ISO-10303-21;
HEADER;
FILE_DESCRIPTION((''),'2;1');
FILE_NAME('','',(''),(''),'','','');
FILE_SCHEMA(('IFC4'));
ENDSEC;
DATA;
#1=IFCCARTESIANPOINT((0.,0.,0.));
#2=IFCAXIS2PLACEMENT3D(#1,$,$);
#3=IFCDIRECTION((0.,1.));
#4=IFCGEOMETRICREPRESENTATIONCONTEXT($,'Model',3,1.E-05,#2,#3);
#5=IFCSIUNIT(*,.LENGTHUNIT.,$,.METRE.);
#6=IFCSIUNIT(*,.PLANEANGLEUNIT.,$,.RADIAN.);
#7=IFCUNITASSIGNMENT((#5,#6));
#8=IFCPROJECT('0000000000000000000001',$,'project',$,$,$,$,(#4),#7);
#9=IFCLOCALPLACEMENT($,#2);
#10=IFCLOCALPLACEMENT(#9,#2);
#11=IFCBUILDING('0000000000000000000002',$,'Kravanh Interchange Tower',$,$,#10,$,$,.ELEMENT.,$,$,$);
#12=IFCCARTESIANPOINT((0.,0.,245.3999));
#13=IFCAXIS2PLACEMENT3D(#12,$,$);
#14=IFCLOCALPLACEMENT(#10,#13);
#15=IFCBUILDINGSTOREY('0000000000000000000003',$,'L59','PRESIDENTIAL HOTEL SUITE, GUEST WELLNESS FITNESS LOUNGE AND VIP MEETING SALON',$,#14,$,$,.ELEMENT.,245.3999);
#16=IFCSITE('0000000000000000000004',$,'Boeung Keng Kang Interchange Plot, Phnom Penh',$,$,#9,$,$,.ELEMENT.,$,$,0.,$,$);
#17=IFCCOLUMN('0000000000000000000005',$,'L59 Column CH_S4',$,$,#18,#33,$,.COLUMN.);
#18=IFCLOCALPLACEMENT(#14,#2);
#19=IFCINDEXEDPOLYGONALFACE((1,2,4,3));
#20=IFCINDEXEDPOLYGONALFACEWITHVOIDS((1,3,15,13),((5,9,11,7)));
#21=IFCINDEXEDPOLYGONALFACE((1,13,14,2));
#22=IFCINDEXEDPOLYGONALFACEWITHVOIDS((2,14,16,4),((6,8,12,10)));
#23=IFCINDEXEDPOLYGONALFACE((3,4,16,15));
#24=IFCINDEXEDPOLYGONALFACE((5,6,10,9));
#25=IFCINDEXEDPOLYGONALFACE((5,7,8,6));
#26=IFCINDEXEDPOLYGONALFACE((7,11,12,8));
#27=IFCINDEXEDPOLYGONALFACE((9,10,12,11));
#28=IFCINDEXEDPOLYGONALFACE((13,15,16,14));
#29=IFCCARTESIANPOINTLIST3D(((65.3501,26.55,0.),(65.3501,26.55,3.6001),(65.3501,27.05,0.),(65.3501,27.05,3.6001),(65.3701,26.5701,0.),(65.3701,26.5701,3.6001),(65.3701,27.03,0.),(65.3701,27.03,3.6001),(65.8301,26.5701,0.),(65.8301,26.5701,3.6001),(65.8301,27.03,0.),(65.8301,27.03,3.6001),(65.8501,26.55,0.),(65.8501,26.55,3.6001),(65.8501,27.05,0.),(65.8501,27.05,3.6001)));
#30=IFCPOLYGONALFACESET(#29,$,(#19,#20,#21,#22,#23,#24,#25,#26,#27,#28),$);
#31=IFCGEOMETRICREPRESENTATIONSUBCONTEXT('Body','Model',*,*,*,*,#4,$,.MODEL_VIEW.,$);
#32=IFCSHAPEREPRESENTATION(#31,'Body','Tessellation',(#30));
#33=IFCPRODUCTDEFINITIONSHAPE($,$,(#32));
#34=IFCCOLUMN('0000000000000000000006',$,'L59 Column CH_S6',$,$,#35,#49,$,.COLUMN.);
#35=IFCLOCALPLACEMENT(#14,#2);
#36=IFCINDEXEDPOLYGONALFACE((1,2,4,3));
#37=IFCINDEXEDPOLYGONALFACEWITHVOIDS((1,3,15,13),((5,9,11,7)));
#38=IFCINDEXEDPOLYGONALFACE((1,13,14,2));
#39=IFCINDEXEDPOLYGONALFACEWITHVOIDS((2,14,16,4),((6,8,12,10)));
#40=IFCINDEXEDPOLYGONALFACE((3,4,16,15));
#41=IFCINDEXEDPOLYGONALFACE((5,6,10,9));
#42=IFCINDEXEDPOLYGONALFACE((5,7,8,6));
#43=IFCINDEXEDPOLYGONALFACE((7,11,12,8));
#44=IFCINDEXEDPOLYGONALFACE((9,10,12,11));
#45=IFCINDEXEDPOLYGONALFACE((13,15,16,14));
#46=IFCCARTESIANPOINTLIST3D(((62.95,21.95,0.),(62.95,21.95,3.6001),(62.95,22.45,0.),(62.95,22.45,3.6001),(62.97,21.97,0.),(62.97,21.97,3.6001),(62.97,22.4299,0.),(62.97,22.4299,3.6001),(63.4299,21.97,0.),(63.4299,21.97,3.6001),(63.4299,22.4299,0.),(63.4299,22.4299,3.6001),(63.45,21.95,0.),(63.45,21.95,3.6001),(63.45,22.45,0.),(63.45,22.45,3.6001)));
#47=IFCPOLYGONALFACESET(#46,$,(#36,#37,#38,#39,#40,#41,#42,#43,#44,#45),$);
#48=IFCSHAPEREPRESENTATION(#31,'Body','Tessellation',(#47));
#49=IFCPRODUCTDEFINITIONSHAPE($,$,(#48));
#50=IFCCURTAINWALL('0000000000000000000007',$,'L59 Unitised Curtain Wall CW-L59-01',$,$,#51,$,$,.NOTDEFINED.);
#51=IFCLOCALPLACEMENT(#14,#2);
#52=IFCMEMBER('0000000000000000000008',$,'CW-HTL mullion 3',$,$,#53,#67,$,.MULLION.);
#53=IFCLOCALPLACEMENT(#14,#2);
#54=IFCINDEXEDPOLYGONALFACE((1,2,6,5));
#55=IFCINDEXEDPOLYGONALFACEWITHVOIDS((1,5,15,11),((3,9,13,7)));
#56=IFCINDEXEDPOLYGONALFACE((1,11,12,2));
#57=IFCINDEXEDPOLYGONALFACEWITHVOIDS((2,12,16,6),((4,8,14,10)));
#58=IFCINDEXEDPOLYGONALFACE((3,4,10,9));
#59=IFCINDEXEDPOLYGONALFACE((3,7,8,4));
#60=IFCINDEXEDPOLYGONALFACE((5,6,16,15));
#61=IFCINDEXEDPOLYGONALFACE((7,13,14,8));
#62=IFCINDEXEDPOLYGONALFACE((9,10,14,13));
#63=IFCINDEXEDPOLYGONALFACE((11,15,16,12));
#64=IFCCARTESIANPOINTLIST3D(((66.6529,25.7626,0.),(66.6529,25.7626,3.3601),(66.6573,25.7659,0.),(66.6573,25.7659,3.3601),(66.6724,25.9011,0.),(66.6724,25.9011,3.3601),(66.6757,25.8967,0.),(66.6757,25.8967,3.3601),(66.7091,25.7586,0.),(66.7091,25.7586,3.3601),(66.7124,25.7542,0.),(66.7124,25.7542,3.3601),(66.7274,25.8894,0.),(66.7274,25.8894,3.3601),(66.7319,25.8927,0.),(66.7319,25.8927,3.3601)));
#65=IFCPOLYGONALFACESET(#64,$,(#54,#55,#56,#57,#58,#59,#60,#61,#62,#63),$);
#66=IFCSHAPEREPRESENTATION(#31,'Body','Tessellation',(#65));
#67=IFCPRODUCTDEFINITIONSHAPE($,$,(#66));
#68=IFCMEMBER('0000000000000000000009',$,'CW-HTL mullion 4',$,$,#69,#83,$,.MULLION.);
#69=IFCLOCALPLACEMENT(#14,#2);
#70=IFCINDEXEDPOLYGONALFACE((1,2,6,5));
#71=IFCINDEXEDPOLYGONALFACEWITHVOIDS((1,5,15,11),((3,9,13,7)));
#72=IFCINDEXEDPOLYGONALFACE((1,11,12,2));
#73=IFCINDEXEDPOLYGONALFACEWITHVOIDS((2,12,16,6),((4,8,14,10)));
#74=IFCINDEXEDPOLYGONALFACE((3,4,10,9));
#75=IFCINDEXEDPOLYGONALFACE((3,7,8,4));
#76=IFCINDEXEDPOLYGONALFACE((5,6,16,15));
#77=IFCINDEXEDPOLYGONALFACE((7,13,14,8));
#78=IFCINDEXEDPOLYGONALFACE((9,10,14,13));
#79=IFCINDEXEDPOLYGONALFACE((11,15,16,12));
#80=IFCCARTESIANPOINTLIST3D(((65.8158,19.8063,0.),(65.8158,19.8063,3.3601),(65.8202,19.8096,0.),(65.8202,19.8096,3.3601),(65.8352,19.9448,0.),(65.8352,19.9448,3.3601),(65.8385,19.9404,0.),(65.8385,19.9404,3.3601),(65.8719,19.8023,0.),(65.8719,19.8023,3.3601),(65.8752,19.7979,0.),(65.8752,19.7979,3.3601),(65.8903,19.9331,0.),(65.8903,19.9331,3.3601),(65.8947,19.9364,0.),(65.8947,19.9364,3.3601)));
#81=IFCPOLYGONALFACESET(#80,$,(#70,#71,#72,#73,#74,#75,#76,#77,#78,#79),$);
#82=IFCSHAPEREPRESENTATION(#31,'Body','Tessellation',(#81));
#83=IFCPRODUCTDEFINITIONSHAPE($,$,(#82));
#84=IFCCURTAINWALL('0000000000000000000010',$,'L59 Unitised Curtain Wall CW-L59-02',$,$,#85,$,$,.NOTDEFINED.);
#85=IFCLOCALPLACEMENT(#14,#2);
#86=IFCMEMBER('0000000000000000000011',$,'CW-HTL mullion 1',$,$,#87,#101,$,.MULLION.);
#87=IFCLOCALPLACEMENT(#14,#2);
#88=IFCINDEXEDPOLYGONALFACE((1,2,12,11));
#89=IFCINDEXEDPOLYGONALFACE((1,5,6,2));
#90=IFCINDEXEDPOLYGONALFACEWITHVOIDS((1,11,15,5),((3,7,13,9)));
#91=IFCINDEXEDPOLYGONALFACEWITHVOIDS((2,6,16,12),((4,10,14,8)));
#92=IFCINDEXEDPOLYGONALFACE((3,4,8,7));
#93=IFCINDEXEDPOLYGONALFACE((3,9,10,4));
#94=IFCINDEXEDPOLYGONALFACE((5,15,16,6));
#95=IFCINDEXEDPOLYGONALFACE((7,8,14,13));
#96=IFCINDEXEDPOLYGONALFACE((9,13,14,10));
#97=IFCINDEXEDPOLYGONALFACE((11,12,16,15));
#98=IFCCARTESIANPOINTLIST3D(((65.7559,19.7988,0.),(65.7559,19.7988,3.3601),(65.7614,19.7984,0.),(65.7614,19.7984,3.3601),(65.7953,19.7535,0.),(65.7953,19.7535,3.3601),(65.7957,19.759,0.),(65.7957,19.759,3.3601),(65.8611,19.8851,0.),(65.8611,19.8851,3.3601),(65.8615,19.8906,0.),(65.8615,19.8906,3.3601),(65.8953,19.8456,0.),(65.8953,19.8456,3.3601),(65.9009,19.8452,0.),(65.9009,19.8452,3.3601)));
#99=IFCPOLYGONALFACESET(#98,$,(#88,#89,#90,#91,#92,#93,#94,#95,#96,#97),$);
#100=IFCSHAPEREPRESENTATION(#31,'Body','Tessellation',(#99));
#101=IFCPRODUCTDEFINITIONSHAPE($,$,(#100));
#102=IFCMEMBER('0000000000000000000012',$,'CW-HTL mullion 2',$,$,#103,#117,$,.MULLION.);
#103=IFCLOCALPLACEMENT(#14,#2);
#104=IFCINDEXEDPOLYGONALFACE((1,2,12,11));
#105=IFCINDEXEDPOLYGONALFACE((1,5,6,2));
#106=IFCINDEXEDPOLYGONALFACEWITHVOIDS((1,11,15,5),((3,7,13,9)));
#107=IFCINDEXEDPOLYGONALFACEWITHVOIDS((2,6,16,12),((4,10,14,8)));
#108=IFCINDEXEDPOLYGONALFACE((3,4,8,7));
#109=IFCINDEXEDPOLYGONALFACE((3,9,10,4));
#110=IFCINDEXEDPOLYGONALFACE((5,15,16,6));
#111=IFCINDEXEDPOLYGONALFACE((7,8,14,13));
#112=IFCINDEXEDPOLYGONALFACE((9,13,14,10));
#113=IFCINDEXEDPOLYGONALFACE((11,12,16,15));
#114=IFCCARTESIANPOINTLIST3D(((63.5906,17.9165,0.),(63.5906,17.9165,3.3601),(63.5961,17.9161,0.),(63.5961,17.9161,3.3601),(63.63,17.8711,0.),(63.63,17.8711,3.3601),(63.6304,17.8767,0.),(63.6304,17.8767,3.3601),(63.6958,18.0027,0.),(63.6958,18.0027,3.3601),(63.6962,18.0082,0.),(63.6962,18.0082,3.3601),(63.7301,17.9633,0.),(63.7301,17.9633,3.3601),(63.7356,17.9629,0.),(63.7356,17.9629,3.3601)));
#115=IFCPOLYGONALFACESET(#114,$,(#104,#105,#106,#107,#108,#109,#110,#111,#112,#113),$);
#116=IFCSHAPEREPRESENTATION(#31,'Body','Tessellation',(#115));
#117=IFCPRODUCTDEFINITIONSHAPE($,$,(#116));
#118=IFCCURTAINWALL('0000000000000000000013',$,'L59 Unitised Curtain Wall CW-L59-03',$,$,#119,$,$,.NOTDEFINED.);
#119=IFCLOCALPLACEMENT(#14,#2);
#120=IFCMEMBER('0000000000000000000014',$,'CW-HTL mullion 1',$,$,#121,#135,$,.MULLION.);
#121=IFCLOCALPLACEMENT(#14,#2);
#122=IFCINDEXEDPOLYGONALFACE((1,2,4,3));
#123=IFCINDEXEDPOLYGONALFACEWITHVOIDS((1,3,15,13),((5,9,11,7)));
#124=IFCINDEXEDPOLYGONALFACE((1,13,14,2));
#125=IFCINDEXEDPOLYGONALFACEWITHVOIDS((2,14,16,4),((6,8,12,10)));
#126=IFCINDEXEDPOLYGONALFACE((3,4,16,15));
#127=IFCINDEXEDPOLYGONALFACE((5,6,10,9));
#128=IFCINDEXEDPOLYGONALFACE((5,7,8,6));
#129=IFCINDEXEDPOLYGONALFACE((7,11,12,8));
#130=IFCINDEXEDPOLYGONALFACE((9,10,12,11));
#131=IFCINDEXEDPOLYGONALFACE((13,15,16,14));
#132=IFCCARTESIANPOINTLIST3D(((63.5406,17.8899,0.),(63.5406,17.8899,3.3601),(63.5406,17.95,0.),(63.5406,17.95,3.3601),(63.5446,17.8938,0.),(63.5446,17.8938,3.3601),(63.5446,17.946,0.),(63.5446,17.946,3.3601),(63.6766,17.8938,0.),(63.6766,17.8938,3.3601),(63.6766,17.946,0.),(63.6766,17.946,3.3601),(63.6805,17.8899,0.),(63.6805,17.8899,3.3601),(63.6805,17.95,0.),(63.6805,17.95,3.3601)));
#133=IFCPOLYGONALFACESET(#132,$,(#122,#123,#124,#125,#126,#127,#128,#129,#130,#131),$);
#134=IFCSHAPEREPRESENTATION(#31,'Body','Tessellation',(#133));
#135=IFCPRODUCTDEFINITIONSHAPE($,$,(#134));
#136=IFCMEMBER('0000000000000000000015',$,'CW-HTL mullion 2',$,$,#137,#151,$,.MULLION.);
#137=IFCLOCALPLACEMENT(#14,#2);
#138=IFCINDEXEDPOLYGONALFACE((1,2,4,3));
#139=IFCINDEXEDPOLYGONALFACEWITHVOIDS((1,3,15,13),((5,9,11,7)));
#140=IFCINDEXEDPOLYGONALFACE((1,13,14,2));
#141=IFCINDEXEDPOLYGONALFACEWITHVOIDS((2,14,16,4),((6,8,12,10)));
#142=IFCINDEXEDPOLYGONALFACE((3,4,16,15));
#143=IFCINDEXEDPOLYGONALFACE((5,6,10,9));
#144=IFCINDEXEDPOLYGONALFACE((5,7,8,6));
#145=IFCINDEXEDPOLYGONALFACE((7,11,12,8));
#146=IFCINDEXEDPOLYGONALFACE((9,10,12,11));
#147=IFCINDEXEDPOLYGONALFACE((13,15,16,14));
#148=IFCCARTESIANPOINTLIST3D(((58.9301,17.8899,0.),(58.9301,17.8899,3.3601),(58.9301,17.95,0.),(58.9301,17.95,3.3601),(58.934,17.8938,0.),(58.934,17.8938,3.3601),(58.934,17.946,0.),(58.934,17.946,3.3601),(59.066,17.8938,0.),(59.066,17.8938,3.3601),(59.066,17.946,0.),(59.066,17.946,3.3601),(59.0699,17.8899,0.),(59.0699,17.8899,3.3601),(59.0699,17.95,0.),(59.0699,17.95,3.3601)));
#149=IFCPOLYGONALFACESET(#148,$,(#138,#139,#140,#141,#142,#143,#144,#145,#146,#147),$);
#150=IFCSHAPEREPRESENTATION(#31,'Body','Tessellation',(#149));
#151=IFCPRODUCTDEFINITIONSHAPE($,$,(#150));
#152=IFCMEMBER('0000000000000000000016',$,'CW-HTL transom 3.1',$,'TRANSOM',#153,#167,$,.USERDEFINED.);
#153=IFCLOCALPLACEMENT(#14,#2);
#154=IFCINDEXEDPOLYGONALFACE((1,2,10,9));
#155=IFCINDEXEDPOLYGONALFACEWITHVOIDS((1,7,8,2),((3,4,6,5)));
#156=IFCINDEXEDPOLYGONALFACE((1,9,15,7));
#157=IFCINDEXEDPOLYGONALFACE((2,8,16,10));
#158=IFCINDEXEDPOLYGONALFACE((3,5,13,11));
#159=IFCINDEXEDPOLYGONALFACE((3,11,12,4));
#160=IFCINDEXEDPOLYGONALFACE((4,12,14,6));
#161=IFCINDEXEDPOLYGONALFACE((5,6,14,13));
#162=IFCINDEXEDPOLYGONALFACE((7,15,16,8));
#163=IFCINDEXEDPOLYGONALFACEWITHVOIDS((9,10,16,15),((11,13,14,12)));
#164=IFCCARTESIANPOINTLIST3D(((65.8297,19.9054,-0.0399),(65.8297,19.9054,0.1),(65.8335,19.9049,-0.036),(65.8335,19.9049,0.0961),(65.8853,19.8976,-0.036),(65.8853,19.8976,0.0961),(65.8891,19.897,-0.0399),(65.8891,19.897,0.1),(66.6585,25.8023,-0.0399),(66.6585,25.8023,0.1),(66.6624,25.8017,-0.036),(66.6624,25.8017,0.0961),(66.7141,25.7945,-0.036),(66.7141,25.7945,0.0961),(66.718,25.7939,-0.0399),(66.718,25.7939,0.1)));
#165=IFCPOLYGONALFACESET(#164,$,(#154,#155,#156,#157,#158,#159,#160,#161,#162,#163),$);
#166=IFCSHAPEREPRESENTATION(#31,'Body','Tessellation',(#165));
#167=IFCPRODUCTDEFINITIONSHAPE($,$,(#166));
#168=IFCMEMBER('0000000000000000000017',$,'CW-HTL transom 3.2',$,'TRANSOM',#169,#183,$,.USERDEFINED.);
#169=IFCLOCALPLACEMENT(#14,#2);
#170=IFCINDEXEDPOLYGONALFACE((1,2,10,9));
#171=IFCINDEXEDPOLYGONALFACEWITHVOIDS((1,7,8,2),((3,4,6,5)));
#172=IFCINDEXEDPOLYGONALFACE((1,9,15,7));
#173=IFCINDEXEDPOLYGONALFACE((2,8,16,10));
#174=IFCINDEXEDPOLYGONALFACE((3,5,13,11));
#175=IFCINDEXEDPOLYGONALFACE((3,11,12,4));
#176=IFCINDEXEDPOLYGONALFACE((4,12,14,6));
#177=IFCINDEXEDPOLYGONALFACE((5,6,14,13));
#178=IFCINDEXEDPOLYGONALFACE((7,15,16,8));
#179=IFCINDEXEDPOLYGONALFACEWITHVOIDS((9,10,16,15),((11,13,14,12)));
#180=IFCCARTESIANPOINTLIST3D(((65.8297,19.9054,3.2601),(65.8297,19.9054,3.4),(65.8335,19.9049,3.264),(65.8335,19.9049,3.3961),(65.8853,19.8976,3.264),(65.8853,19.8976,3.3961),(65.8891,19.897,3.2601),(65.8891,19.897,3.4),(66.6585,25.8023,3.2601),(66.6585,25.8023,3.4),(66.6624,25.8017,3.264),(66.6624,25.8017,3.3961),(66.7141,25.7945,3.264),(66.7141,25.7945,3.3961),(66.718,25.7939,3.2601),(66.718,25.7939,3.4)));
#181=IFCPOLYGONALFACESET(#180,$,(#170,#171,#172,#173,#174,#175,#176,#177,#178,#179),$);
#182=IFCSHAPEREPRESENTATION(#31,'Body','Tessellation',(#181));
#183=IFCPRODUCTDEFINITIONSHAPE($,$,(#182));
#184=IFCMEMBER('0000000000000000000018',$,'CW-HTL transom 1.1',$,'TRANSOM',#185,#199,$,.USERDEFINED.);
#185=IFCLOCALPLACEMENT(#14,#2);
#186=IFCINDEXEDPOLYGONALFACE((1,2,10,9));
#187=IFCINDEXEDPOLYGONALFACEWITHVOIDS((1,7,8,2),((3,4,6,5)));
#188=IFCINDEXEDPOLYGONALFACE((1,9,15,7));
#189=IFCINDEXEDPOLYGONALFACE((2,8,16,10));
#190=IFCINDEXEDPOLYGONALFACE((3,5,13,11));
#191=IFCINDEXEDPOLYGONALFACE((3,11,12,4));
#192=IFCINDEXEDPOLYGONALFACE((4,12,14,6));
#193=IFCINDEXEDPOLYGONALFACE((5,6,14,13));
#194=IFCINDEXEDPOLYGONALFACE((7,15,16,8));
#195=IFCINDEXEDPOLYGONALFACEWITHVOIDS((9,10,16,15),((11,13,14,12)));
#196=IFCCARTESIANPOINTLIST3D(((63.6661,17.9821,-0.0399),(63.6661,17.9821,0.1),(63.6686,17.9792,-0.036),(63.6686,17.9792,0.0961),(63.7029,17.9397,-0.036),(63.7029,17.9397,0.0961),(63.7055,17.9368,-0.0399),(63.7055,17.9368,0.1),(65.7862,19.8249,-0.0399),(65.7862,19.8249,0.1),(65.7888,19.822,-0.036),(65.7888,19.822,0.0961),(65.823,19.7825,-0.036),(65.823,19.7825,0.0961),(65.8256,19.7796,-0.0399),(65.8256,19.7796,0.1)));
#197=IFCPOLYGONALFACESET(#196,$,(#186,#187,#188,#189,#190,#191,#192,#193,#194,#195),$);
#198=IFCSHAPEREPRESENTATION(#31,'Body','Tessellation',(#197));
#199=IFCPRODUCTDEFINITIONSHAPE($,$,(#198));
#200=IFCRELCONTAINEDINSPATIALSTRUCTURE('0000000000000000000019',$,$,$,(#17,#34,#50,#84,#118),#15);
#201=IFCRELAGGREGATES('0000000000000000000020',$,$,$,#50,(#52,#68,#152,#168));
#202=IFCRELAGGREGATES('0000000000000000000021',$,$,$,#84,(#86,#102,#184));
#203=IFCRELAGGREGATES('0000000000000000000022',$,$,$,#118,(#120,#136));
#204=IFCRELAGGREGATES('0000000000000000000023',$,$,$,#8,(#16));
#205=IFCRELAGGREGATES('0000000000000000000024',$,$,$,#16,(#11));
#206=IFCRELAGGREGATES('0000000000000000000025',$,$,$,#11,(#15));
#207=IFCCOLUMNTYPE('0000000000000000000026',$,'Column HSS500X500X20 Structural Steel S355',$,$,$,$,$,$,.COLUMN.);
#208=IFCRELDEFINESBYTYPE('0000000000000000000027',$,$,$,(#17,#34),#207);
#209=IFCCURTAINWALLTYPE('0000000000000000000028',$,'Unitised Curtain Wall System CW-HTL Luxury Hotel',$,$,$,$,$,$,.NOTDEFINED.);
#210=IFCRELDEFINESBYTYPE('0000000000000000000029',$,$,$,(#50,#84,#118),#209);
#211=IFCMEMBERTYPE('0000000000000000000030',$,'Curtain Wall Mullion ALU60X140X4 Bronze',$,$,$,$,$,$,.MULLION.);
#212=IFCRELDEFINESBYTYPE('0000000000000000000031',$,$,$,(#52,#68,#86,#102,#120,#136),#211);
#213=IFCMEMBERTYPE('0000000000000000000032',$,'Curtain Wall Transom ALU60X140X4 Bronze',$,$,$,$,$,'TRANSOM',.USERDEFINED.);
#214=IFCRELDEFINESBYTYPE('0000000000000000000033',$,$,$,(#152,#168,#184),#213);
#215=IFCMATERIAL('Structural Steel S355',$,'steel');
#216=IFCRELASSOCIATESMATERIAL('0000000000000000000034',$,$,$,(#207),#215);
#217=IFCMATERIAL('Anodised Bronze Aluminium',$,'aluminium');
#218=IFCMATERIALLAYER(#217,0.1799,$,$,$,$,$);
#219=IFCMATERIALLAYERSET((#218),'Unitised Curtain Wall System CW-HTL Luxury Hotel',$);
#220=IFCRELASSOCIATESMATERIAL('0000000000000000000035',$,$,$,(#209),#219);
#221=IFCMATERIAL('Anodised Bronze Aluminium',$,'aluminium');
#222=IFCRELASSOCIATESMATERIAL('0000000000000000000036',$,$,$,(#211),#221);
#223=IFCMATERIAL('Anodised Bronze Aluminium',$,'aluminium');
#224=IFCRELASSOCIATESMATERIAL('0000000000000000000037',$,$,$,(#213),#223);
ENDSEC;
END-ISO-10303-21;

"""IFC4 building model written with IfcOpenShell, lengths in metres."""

from ifc_helpers import new_model, si_unit, direction, frame, origin, origin_2d, place, context, subcontext, project, spatial, hollow_rectangle, extrude, material, layer, layer_set, material_profile, profile_set, type_object, element, aggregate, save


model = new_model("IFC4")

# Units and contexts
model_context = context("Model", 3, precision=1e-05, world=origin(), true_north=direction((0.0, 1.0)))
body_context = subcontext(model_context, "Body", "Model", "MODEL_VIEW")
ifc_project = project(units=[si_unit("LENGTHUNIT", "METRE"), si_unit("PLANEANGLEUNIT", "RADIAN")], contexts=[model_context])

# Site, building, storey
site_placement = place(None, origin())
site = spatial("IfcSite", under=ifc_project, at=site_placement, Name="Boeung Keng Kang Interchange Plot, Phnom Penh", CompositionType="ELEMENT", RefElevation=0.0)
building_placement = place(site_placement, origin())
building = spatial("IfcBuilding", under=site, at=building_placement, Name="Kravanh Interchange Tower", CompositionType="ELEMENT")
storey_placement = place(building_placement, frame((0.0, 0.0, 245.3999)))
storey = spatial("IfcBuildingStorey", under=building, at=storey_placement, Name="L59", Description="PRESIDENTIAL HOTEL SUITE, GUEST WELLNESS FITNESS LOUNGE AND VIP MEETING SALON", CompositionType="ELEMENT", Elevation=245.3999)

# Columns
ifc_material_1 = material(Name="Structural Steel S355", Category="steel")
ifc_material_profile_1 = material_profile(ifc_material_1, hollow_rectangle(XDim=0.5, YDim=0.5, WallThickness=0.02, at=origin_2d()), Name="HSS500X500X20")
ifc_profile_set_1 = profile_set([ifc_material_profile_1], Name="Structural Steel S355")
column_type = type_object("IfcColumnType", Name="Column HSS500X500X20 Structural Steel S355", PredefinedType="COLUMN", material=ifc_profile_set_1)
for number, where, z_axis, x_axis, name in (
    (1, (65.6001, 26.8, 0.0), (0.0, 0.0, 1.0), (1.0, 0.0, 0.0), "L59 Column CH_S4"),
    (2, (63.2, 22.2, 0.0), (0.0, 0.0, 1.0), (1.0, 0.0, 0.0), "L59 Column CH_S6"),
):
    element("IfcColumn", number, at=place(storey_placement, frame(where, z_axis=z_axis, x_axis=x_axis)), inside=storey, type_object=column_type, Name=name, PredefinedType="COLUMN", context=body_context, shape_type="SweptSolid", body=[
        extrude(hollow_rectangle(XDim=0.5, YDim=0.5, WallThickness=0.02, at=origin_2d()), origin(), (0.0, 0.0, 1.0), 3.6001),
    ])

# Curtain walls, members
ifc_material_2 = material(Name="Anodised Bronze Aluminium", Category="aluminium")
ifc_layer_1 = layer(ifc_material_2, 0.1799)
ifc_layer_set_1 = layer_set([ifc_layer_1], Name="Unitised Curtain Wall System CW-HTL Luxury Hotel")
curtain_wall_type = type_object("IfcCurtainWallType", Name="Unitised Curtain Wall System CW-HTL Luxury Hotel", PredefinedType="NOTDEFINED", material=ifc_layer_set_1)
curtain_wall_1_placement = place(storey_placement, origin())
curtain_wall_1 = element("IfcCurtainWall", 3, at=curtain_wall_1_placement, inside=storey, type_object=curtain_wall_type, Name="L59 Unitised Curtain Wall CW-L59-01", PredefinedType="NOTDEFINED")
ifc_material_3 = material(Name="Anodised Bronze Aluminium", Category="aluminium")
ifc_material_profile_2 = material_profile(ifc_material_3, hollow_rectangle(XDim=0.0601, YDim=0.1399, WallThickness=0.0039, at=origin_2d()), Name="ALU60X140X4")
ifc_profile_set_2 = profile_set([ifc_material_profile_2], Name="Anodised Bronze Aluminium")
member_type_1 = type_object("IfcMemberType", Name="Curtain Wall Mullion ALU60X140X4 Bronze", PredefinedType="MULLION", material=ifc_profile_set_2)
member_1_placement = place(storey_placement, frame((66.6924, 25.8276, 0.0), z_axis=(0.0, 0.0, 1.0), x_axis=(0.990268, -0.139174, 0.0)))
member_1 = element("IfcMember", 4, at=member_1_placement, type_object=member_type_1, Name="CW-HTL mullion 3", PredefinedType="MULLION", context=body_context, shape_type="SweptSolid", body=[
    extrude(hollow_rectangle(XDim=0.0601, YDim=0.1399, WallThickness=0.0039, at=origin_2d()), origin(), (0.0, 0.0, 1.0), 3.3601),
])
member_2_placement = place(storey_placement, frame((65.8552, 19.8713, 0.0), z_axis=(0.0, 0.0, 1.0), x_axis=(0.990268, -0.139174, 0.0)))
member_2 = element("IfcMember", 5, at=member_2_placement, type_object=member_type_1, Name="CW-HTL mullion 4", PredefinedType="MULLION", context=body_context, shape_type="SweptSolid", body=[
    extrude(hollow_rectangle(XDim=0.0601, YDim=0.1399, WallThickness=0.0039, at=origin_2d()), origin(), (0.0, 0.0, 1.0), 3.3601),
])
curtain_wall_2_placement = place(storey_placement, origin())
curtain_wall_2 = element("IfcCurtainWall", 6, at=curtain_wall_2_placement, inside=storey, type_object=curtain_wall_type, Name="L59 Unitised Curtain Wall CW-L59-02", PredefinedType="NOTDEFINED")
member_3_placement = place(storey_placement, frame((65.8284, 19.822, 0.0), z_axis=(0.0, 0.0, 1.0), x_axis=(0.65605, -0.754717, 0.0)))
member_3 = element("IfcMember", 7, at=member_3_placement, type_object=member_type_1, Name="CW-HTL mullion 1", PredefinedType="MULLION", context=body_context, shape_type="SweptSolid", body=[
    extrude(hollow_rectangle(XDim=0.0601, YDim=0.1399, WallThickness=0.0039, at=origin_2d()), origin(), (0.0, 0.0, 1.0), 3.3601),
])
member_4_placement = place(storey_placement, frame((63.6631, 17.9397, 0.0), z_axis=(0.0, 0.0, 1.0), x_axis=(0.65605, -0.754717, 0.0)))
member_4 = element("IfcMember", 8, at=member_4_placement, type_object=member_type_1, Name="CW-HTL mullion 2", PredefinedType="MULLION", context=body_context, shape_type="SweptSolid", body=[
    extrude(hollow_rectangle(XDim=0.0601, YDim=0.1399, WallThickness=0.0039, at=origin_2d()), origin(), (0.0, 0.0, 1.0), 3.3601),
])
curtain_wall_3_placement = place(storey_placement, origin())
curtain_wall_3 = element("IfcCurtainWall", 9, at=curtain_wall_3_placement, inside=storey, type_object=curtain_wall_type, Name="L59 Unitised Curtain Wall CW-L59-03", PredefinedType="NOTDEFINED")
member_5_placement = place(storey_placement, frame((63.6106, 17.9199, 0.0), z_axis=(0.0, 0.0, 1.0), x_axis=(0.0, -1.0, 0.0)))
member_5 = element("IfcMember", 10, at=member_5_placement, type_object=member_type_1, Name="CW-HTL mullion 1", PredefinedType="MULLION", context=body_context, shape_type="SweptSolid", body=[
    extrude(hollow_rectangle(XDim=0.0601, YDim=0.1399, WallThickness=0.0039, at=origin_2d()), origin(), (0.0, 0.0, 1.0), 3.3601),
])
member_6_placement = place(storey_placement, frame((59.0, 17.9199, 0.0), z_axis=(0.0, 0.0, 1.0), x_axis=(0.0, -1.0, 0.0)))
member_6 = element("IfcMember", 11, at=member_6_placement, type_object=member_type_1, Name="CW-HTL mullion 2", PredefinedType="MULLION", context=body_context, shape_type="SweptSolid", body=[
    extrude(hollow_rectangle(XDim=0.0601, YDim=0.1399, WallThickness=0.0039, at=origin_2d()), origin(), (0.0, 0.0, 1.0), 3.3601),
])

# Members
ifc_material_4 = material(Name="Anodised Bronze Aluminium", Category="aluminium")
ifc_material_profile_3 = material_profile(ifc_material_4, hollow_rectangle(XDim=0.0601, YDim=0.1399, WallThickness=0.0039, at=origin_2d()), Name="ALU60X140X4")
ifc_profile_set_3 = profile_set([ifc_material_profile_3], Name="Anodised Bronze Aluminium")
member_type_2 = type_object("IfcMemberType", Name="Curtain Wall Transom ALU60X140X4 Bronze", ElementType="TRANSOM", PredefinedType="USERDEFINED", material=ifc_profile_set_3)
member_7_placement = place(storey_placement, frame((66.6882, 25.7981, 0.03), z_axis=(-0.139188, -0.990266, 0.0), x_axis=(0.990266, -0.139188, 0.0)))
member_7 = element("IfcMember", 12, at=member_7_placement, type_object=member_type_2, Name="CW-HTL transom 3.1", ObjectType="TRANSOM", PredefinedType="USERDEFINED", context=body_context, shape_type="SweptSolid", body=[
    extrude(hollow_rectangle(XDim=0.0601, YDim=0.1399, WallThickness=0.0039, at=origin_2d()), origin(), (0.0, 0.0, 1.0), 5.9548),
])
member_8_placement = place(storey_placement, frame((66.6882, 25.7981, 3.3301), z_axis=(-0.139188, -0.990266, 0.0), x_axis=(0.990266, -0.139188, 0.0)))
member_8 = element("IfcMember", 13, at=member_8_placement, type_object=member_type_2, Name="CW-HTL transom 3.2", ObjectType="TRANSOM", PredefinedType="USERDEFINED", context=body_context, shape_type="SweptSolid", body=[
    extrude(hollow_rectangle(XDim=0.0601, YDim=0.1399, WallThickness=0.0039, at=origin_2d()), origin(), (0.0, 0.0, 1.0), 5.9548),
])
member_9_placement = place(storey_placement, frame((65.8059, 19.8022, 0.03), z_axis=(-0.754748, -0.656015, 0.0), x_axis=(0.656015, -0.754748, 0.0)))
member_9 = element("IfcMember", 14, at=member_9_placement, type_object=member_type_2, Name="CW-HTL transom 1.1", ObjectType="TRANSOM", PredefinedType="USERDEFINED", context=body_context, shape_type="SweptSolid", body=[
    extrude(hollow_rectangle(XDim=0.0601, YDim=0.1399, WallThickness=0.0039, at=origin_2d()), origin(), (0.0, 0.0, 1.0), 2.8091),
])

aggregate(curtain_wall_1, [member_1, member_2, member_7, member_8])
aggregate(curtain_wall_2, [member_3, member_4, member_9])
aggregate(curtain_wall_3, [member_5, member_6])

save(model, "model.ifc")
